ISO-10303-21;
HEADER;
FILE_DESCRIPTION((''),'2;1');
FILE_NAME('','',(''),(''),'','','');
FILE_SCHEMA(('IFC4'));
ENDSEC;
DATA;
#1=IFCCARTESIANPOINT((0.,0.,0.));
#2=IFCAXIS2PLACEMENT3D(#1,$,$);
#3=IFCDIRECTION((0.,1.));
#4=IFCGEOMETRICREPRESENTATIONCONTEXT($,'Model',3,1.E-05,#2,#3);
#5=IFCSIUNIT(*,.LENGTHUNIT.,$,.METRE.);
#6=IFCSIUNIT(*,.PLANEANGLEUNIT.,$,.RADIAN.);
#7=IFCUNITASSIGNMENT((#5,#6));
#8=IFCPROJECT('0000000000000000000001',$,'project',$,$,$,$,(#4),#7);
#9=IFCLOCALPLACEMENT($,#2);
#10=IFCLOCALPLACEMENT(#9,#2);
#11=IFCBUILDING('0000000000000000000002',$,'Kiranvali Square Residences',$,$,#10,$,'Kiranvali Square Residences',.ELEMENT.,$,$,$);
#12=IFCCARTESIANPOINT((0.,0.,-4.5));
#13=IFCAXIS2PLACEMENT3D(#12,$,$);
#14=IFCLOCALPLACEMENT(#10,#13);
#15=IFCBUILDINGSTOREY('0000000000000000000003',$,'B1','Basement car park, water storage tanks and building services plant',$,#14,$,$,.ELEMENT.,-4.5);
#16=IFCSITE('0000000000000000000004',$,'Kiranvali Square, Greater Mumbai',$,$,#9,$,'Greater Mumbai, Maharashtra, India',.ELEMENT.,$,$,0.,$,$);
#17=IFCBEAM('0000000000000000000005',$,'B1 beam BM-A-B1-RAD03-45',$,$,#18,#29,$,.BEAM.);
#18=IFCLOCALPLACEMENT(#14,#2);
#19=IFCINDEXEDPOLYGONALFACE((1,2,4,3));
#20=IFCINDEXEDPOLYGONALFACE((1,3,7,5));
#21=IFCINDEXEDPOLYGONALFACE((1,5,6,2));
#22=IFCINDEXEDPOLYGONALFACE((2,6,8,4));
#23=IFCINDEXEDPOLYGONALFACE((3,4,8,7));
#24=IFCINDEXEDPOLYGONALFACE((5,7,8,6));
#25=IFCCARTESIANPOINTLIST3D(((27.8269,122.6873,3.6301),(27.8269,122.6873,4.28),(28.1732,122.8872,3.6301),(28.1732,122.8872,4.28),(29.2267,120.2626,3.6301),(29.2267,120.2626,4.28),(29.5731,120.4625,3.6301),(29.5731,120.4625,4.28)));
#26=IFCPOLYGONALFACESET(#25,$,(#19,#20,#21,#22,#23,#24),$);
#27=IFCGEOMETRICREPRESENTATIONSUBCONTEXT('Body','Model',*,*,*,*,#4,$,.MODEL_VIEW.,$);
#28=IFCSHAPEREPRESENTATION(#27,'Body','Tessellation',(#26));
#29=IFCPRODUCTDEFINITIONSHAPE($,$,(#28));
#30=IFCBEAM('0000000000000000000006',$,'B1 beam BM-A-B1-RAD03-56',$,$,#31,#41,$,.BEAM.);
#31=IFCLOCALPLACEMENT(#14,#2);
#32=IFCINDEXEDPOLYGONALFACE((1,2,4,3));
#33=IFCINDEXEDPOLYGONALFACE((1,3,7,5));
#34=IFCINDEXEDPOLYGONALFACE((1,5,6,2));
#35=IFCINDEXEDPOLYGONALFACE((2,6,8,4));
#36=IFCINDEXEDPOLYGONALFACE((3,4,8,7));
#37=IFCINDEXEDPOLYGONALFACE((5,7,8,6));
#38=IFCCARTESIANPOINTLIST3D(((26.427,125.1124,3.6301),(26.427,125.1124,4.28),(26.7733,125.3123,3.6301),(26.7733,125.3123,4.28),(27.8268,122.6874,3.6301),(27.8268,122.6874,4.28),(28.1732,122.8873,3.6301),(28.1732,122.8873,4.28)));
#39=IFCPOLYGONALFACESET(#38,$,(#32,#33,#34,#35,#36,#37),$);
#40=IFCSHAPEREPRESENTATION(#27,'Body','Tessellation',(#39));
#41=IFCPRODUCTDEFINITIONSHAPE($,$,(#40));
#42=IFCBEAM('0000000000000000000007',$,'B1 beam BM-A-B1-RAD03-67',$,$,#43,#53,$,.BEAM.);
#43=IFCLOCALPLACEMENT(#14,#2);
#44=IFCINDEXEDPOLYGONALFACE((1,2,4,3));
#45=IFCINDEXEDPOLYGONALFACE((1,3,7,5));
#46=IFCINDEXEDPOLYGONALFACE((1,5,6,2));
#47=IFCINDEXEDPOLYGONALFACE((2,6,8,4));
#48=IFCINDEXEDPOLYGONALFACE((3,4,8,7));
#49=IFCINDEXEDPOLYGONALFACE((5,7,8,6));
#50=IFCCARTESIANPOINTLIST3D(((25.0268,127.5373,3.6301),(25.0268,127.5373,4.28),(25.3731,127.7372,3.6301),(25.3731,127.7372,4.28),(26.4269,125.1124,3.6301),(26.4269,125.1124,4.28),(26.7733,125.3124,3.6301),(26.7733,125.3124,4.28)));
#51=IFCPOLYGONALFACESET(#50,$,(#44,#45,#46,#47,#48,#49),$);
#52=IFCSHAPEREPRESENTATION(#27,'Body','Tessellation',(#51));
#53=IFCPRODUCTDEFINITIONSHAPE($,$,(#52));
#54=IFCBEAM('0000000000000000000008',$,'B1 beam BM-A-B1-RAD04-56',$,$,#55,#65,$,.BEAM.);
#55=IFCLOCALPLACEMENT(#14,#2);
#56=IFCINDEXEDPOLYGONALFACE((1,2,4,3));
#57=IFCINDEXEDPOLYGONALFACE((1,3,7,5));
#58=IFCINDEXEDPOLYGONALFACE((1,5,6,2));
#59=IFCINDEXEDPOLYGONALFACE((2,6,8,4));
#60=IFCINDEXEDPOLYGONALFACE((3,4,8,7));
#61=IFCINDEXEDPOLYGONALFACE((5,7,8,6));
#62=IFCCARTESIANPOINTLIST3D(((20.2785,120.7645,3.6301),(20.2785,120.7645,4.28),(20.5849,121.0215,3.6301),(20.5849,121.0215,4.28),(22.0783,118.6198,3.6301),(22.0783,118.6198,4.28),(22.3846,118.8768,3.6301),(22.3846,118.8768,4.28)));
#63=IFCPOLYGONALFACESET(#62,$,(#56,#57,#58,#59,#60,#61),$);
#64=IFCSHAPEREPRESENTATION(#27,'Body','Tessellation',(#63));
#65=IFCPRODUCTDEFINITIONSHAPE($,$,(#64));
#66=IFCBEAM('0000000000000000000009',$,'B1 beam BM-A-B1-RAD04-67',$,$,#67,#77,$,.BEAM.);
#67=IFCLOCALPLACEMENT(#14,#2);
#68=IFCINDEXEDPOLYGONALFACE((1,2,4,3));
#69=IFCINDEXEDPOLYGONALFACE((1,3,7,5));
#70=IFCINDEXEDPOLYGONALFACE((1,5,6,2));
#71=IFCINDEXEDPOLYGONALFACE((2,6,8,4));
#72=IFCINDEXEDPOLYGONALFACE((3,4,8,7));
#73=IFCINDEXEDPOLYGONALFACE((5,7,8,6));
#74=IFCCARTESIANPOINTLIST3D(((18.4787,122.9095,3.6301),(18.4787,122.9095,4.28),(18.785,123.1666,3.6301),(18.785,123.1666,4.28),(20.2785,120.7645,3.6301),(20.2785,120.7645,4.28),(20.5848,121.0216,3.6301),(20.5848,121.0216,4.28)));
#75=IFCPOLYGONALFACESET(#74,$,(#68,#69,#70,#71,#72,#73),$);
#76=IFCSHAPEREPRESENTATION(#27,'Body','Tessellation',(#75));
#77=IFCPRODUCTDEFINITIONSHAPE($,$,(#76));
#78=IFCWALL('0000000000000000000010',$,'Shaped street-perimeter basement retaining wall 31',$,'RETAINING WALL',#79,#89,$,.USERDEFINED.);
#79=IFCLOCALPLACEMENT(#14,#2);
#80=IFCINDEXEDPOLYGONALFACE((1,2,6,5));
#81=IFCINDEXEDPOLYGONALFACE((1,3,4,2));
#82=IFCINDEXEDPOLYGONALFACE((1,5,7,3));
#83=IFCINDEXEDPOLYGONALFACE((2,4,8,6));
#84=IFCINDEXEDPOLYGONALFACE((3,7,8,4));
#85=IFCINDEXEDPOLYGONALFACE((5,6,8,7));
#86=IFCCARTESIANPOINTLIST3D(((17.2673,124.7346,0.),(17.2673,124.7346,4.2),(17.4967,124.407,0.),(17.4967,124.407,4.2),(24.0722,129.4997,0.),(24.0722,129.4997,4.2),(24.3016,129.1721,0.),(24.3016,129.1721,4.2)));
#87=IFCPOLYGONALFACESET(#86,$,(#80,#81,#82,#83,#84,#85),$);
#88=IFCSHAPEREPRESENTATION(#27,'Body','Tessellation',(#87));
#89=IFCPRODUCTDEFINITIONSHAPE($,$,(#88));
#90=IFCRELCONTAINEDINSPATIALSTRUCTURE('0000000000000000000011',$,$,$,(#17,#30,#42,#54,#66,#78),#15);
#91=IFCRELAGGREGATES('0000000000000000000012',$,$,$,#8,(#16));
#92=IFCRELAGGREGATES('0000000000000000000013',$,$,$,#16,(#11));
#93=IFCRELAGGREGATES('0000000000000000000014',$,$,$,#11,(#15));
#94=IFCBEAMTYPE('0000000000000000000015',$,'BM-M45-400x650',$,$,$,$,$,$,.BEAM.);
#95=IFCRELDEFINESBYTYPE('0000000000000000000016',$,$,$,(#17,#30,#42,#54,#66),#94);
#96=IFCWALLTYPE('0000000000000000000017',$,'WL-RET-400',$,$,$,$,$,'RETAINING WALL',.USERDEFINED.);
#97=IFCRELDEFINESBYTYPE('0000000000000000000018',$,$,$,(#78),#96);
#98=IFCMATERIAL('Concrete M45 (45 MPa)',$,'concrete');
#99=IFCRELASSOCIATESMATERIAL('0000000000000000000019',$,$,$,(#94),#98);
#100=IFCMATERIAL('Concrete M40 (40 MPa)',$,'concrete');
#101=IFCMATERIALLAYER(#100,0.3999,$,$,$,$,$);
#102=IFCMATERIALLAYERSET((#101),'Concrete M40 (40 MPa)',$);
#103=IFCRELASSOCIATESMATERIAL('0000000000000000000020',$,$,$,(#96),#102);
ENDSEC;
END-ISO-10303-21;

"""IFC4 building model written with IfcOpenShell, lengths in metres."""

from ifc_helpers import new_model, si_unit, direction, frame, frame_2d, origin, origin_2d, place, context, subcontext, project, spatial, rectangle, extrude, material, layer, layer_set, material_profile, profile_set, type_object, element, save


model = new_model("IFC4")

# Units and contexts
model_context = context("Model", 3, precision=1e-05, world=origin(), true_north=direction((0.0, 1.0)))
body_context = subcontext(model_context, "Body", "Model", "MODEL_VIEW")
ifc_project = project(units=[si_unit("LENGTHUNIT", "METRE"), si_unit("PLANEANGLEUNIT", "RADIAN")], contexts=[model_context])

# Site, building, storey
site_placement = place(None, origin())
site = spatial("IfcSite", under=ifc_project, at=site_placement, Name="Kiranvali Square, Greater Mumbai", LongName="Greater Mumbai, Maharashtra, India", CompositionType="ELEMENT", RefElevation=0.0)
building_placement = place(site_placement, origin())
building = spatial("IfcBuilding", under=site, at=building_placement, Name="Kiranvali Square Residences", LongName="Kiranvali Square Residences", CompositionType="ELEMENT")
storey_placement = place(building_placement, frame((0.0, 0.0, -4.5)))
storey = spatial("IfcBuildingStorey", under=building, at=storey_placement, Name="B1", Description="Basement car park, water storage tanks and building services plant", CompositionType="ELEMENT", Elevation=-4.5)

# Shared definitions
ifc_material_1 = material(Name="Concrete M40 (40 MPa)", Category="concrete")

# Beams
ifc_material_2 = material(Name="Concrete M45 (45 MPa)", Category="concrete")
ifc_material_profile_1 = material_profile(ifc_material_2, rectangle(XDim=0.3999, YDim=0.6499, at=origin_2d()), Name="RC 400x650")
ifc_profile_set_1 = profile_set([ifc_material_profile_1], Name="Concrete M45 (45 MPa)")
beam_type = type_object("IfcBeamType", Name="BM-M45-400x650", PredefinedType="BEAM", material=ifc_profile_set_1)
beam_1_placement = place(storey_placement, frame((29.3999, 120.3625, 3.9551), z_axis=(-0.499984, 0.866035, 0.0), x_axis=(-0.866035, -0.499984, 0.0)))
element("IfcBeam", 1, at=beam_1_placement, inside=storey, type_object=beam_type, Name="B1 beam BM-A-B1-RAD03-45", PredefinedType="BEAM", context=body_context, shape_type="SweptSolid", body=[
    extrude(rectangle(XDim=0.3999, YDim=0.6499, at=origin_2d()), origin(), (0.0, 0.0, 1.0), 2.7998),
])
for number, where, z_axis, x_axis, name in (
    (2, (28.0, 122.7874, 3.9551), (-0.499946, 0.866056, 0.0), (-0.866056, -0.499946, 0.0), "B1 beam BM-A-B1-RAD03-56"),
    (3, (26.6001, 125.2124, 3.9551), (-0.50005, 0.865997, 0.0), (-0.865997, -0.50005, 0.0), "B1 beam BM-A-B1-RAD03-67"),
):
    element("IfcBeam", number, at=place(storey_placement, frame(where, z_axis=z_axis, x_axis=x_axis)), inside=storey, type_object=beam_type, Name=name, PredefinedType="BEAM", context=body_context, shape_type="SweptSolid", body=[
        extrude(rectangle(XDim=0.3999, YDim=0.6499, at=origin_2d()), origin(), (0.0, 0.0, 1.0), 2.8),
    ])
beam_2_placement = place(storey_placement, frame((22.2314, 118.7483, 3.9551), z_axis=(-0.642814, 0.766023, 0.0), x_axis=(-0.766023, -0.642814, 0.0)))
element("IfcBeam", 4, at=beam_2_placement, inside=storey, type_object=beam_type, Name="B1 beam BM-A-B1-RAD04-56", PredefinedType="BEAM", context=body_context, shape_type="SweptSolid", body=[
    extrude(rectangle(XDim=0.3999, YDim=0.6499, at=origin_2d()), origin(), (0.0, 0.0, 1.0), 2.7998),
])
beam_3_placement = place(storey_placement, frame((20.4316, 120.8931, 3.9551), z_axis=(-0.642771, 0.766059, 0.0), x_axis=(-0.766059, -0.642771, 0.0)))
element("IfcBeam", 5, at=beam_3_placement, inside=storey, type_object=beam_type, Name="B1 beam BM-A-B1-RAD04-67", PredefinedType="BEAM", context=body_context, shape_type="SweptSolid", body=[
    extrude(rectangle(XDim=0.3999, YDim=0.6499, at=origin_2d()), origin(), (0.0, 0.0, 1.0), 2.8),
])

# Wall
ifc_layer = layer(ifc_material_1, 0.3999)
ifc_layer_set = layer_set([ifc_layer], Name="Concrete M40 (40 MPa)")
wall_type = type_object("IfcWallType", Name="WL-RET-400", ElementType="RETAINING WALL", PredefinedType="USERDEFINED", material=ifc_layer_set)
wall_placement = place(storey_placement, frame((24.187, 129.3359, 0.0), z_axis=(0.0, 0.0, 1.0), x_axis=(-0.819137, -0.573598, 0.0)))
element("IfcWall", 6, at=wall_placement, inside=storey, type_object=wall_type, Name="Shaped street-perimeter basement retaining wall 31", ObjectType="RETAINING WALL", PredefinedType="USERDEFINED", context=body_context, shape_type="SweptSolid", body=[
    extrude(rectangle(XDim=8.3074, YDim=0.3999, at=frame_2d((4.1538, 0.0))), origin(), (0.0, 0.0, 1.0), 4.2),
])

save(model, "model.ifc")
